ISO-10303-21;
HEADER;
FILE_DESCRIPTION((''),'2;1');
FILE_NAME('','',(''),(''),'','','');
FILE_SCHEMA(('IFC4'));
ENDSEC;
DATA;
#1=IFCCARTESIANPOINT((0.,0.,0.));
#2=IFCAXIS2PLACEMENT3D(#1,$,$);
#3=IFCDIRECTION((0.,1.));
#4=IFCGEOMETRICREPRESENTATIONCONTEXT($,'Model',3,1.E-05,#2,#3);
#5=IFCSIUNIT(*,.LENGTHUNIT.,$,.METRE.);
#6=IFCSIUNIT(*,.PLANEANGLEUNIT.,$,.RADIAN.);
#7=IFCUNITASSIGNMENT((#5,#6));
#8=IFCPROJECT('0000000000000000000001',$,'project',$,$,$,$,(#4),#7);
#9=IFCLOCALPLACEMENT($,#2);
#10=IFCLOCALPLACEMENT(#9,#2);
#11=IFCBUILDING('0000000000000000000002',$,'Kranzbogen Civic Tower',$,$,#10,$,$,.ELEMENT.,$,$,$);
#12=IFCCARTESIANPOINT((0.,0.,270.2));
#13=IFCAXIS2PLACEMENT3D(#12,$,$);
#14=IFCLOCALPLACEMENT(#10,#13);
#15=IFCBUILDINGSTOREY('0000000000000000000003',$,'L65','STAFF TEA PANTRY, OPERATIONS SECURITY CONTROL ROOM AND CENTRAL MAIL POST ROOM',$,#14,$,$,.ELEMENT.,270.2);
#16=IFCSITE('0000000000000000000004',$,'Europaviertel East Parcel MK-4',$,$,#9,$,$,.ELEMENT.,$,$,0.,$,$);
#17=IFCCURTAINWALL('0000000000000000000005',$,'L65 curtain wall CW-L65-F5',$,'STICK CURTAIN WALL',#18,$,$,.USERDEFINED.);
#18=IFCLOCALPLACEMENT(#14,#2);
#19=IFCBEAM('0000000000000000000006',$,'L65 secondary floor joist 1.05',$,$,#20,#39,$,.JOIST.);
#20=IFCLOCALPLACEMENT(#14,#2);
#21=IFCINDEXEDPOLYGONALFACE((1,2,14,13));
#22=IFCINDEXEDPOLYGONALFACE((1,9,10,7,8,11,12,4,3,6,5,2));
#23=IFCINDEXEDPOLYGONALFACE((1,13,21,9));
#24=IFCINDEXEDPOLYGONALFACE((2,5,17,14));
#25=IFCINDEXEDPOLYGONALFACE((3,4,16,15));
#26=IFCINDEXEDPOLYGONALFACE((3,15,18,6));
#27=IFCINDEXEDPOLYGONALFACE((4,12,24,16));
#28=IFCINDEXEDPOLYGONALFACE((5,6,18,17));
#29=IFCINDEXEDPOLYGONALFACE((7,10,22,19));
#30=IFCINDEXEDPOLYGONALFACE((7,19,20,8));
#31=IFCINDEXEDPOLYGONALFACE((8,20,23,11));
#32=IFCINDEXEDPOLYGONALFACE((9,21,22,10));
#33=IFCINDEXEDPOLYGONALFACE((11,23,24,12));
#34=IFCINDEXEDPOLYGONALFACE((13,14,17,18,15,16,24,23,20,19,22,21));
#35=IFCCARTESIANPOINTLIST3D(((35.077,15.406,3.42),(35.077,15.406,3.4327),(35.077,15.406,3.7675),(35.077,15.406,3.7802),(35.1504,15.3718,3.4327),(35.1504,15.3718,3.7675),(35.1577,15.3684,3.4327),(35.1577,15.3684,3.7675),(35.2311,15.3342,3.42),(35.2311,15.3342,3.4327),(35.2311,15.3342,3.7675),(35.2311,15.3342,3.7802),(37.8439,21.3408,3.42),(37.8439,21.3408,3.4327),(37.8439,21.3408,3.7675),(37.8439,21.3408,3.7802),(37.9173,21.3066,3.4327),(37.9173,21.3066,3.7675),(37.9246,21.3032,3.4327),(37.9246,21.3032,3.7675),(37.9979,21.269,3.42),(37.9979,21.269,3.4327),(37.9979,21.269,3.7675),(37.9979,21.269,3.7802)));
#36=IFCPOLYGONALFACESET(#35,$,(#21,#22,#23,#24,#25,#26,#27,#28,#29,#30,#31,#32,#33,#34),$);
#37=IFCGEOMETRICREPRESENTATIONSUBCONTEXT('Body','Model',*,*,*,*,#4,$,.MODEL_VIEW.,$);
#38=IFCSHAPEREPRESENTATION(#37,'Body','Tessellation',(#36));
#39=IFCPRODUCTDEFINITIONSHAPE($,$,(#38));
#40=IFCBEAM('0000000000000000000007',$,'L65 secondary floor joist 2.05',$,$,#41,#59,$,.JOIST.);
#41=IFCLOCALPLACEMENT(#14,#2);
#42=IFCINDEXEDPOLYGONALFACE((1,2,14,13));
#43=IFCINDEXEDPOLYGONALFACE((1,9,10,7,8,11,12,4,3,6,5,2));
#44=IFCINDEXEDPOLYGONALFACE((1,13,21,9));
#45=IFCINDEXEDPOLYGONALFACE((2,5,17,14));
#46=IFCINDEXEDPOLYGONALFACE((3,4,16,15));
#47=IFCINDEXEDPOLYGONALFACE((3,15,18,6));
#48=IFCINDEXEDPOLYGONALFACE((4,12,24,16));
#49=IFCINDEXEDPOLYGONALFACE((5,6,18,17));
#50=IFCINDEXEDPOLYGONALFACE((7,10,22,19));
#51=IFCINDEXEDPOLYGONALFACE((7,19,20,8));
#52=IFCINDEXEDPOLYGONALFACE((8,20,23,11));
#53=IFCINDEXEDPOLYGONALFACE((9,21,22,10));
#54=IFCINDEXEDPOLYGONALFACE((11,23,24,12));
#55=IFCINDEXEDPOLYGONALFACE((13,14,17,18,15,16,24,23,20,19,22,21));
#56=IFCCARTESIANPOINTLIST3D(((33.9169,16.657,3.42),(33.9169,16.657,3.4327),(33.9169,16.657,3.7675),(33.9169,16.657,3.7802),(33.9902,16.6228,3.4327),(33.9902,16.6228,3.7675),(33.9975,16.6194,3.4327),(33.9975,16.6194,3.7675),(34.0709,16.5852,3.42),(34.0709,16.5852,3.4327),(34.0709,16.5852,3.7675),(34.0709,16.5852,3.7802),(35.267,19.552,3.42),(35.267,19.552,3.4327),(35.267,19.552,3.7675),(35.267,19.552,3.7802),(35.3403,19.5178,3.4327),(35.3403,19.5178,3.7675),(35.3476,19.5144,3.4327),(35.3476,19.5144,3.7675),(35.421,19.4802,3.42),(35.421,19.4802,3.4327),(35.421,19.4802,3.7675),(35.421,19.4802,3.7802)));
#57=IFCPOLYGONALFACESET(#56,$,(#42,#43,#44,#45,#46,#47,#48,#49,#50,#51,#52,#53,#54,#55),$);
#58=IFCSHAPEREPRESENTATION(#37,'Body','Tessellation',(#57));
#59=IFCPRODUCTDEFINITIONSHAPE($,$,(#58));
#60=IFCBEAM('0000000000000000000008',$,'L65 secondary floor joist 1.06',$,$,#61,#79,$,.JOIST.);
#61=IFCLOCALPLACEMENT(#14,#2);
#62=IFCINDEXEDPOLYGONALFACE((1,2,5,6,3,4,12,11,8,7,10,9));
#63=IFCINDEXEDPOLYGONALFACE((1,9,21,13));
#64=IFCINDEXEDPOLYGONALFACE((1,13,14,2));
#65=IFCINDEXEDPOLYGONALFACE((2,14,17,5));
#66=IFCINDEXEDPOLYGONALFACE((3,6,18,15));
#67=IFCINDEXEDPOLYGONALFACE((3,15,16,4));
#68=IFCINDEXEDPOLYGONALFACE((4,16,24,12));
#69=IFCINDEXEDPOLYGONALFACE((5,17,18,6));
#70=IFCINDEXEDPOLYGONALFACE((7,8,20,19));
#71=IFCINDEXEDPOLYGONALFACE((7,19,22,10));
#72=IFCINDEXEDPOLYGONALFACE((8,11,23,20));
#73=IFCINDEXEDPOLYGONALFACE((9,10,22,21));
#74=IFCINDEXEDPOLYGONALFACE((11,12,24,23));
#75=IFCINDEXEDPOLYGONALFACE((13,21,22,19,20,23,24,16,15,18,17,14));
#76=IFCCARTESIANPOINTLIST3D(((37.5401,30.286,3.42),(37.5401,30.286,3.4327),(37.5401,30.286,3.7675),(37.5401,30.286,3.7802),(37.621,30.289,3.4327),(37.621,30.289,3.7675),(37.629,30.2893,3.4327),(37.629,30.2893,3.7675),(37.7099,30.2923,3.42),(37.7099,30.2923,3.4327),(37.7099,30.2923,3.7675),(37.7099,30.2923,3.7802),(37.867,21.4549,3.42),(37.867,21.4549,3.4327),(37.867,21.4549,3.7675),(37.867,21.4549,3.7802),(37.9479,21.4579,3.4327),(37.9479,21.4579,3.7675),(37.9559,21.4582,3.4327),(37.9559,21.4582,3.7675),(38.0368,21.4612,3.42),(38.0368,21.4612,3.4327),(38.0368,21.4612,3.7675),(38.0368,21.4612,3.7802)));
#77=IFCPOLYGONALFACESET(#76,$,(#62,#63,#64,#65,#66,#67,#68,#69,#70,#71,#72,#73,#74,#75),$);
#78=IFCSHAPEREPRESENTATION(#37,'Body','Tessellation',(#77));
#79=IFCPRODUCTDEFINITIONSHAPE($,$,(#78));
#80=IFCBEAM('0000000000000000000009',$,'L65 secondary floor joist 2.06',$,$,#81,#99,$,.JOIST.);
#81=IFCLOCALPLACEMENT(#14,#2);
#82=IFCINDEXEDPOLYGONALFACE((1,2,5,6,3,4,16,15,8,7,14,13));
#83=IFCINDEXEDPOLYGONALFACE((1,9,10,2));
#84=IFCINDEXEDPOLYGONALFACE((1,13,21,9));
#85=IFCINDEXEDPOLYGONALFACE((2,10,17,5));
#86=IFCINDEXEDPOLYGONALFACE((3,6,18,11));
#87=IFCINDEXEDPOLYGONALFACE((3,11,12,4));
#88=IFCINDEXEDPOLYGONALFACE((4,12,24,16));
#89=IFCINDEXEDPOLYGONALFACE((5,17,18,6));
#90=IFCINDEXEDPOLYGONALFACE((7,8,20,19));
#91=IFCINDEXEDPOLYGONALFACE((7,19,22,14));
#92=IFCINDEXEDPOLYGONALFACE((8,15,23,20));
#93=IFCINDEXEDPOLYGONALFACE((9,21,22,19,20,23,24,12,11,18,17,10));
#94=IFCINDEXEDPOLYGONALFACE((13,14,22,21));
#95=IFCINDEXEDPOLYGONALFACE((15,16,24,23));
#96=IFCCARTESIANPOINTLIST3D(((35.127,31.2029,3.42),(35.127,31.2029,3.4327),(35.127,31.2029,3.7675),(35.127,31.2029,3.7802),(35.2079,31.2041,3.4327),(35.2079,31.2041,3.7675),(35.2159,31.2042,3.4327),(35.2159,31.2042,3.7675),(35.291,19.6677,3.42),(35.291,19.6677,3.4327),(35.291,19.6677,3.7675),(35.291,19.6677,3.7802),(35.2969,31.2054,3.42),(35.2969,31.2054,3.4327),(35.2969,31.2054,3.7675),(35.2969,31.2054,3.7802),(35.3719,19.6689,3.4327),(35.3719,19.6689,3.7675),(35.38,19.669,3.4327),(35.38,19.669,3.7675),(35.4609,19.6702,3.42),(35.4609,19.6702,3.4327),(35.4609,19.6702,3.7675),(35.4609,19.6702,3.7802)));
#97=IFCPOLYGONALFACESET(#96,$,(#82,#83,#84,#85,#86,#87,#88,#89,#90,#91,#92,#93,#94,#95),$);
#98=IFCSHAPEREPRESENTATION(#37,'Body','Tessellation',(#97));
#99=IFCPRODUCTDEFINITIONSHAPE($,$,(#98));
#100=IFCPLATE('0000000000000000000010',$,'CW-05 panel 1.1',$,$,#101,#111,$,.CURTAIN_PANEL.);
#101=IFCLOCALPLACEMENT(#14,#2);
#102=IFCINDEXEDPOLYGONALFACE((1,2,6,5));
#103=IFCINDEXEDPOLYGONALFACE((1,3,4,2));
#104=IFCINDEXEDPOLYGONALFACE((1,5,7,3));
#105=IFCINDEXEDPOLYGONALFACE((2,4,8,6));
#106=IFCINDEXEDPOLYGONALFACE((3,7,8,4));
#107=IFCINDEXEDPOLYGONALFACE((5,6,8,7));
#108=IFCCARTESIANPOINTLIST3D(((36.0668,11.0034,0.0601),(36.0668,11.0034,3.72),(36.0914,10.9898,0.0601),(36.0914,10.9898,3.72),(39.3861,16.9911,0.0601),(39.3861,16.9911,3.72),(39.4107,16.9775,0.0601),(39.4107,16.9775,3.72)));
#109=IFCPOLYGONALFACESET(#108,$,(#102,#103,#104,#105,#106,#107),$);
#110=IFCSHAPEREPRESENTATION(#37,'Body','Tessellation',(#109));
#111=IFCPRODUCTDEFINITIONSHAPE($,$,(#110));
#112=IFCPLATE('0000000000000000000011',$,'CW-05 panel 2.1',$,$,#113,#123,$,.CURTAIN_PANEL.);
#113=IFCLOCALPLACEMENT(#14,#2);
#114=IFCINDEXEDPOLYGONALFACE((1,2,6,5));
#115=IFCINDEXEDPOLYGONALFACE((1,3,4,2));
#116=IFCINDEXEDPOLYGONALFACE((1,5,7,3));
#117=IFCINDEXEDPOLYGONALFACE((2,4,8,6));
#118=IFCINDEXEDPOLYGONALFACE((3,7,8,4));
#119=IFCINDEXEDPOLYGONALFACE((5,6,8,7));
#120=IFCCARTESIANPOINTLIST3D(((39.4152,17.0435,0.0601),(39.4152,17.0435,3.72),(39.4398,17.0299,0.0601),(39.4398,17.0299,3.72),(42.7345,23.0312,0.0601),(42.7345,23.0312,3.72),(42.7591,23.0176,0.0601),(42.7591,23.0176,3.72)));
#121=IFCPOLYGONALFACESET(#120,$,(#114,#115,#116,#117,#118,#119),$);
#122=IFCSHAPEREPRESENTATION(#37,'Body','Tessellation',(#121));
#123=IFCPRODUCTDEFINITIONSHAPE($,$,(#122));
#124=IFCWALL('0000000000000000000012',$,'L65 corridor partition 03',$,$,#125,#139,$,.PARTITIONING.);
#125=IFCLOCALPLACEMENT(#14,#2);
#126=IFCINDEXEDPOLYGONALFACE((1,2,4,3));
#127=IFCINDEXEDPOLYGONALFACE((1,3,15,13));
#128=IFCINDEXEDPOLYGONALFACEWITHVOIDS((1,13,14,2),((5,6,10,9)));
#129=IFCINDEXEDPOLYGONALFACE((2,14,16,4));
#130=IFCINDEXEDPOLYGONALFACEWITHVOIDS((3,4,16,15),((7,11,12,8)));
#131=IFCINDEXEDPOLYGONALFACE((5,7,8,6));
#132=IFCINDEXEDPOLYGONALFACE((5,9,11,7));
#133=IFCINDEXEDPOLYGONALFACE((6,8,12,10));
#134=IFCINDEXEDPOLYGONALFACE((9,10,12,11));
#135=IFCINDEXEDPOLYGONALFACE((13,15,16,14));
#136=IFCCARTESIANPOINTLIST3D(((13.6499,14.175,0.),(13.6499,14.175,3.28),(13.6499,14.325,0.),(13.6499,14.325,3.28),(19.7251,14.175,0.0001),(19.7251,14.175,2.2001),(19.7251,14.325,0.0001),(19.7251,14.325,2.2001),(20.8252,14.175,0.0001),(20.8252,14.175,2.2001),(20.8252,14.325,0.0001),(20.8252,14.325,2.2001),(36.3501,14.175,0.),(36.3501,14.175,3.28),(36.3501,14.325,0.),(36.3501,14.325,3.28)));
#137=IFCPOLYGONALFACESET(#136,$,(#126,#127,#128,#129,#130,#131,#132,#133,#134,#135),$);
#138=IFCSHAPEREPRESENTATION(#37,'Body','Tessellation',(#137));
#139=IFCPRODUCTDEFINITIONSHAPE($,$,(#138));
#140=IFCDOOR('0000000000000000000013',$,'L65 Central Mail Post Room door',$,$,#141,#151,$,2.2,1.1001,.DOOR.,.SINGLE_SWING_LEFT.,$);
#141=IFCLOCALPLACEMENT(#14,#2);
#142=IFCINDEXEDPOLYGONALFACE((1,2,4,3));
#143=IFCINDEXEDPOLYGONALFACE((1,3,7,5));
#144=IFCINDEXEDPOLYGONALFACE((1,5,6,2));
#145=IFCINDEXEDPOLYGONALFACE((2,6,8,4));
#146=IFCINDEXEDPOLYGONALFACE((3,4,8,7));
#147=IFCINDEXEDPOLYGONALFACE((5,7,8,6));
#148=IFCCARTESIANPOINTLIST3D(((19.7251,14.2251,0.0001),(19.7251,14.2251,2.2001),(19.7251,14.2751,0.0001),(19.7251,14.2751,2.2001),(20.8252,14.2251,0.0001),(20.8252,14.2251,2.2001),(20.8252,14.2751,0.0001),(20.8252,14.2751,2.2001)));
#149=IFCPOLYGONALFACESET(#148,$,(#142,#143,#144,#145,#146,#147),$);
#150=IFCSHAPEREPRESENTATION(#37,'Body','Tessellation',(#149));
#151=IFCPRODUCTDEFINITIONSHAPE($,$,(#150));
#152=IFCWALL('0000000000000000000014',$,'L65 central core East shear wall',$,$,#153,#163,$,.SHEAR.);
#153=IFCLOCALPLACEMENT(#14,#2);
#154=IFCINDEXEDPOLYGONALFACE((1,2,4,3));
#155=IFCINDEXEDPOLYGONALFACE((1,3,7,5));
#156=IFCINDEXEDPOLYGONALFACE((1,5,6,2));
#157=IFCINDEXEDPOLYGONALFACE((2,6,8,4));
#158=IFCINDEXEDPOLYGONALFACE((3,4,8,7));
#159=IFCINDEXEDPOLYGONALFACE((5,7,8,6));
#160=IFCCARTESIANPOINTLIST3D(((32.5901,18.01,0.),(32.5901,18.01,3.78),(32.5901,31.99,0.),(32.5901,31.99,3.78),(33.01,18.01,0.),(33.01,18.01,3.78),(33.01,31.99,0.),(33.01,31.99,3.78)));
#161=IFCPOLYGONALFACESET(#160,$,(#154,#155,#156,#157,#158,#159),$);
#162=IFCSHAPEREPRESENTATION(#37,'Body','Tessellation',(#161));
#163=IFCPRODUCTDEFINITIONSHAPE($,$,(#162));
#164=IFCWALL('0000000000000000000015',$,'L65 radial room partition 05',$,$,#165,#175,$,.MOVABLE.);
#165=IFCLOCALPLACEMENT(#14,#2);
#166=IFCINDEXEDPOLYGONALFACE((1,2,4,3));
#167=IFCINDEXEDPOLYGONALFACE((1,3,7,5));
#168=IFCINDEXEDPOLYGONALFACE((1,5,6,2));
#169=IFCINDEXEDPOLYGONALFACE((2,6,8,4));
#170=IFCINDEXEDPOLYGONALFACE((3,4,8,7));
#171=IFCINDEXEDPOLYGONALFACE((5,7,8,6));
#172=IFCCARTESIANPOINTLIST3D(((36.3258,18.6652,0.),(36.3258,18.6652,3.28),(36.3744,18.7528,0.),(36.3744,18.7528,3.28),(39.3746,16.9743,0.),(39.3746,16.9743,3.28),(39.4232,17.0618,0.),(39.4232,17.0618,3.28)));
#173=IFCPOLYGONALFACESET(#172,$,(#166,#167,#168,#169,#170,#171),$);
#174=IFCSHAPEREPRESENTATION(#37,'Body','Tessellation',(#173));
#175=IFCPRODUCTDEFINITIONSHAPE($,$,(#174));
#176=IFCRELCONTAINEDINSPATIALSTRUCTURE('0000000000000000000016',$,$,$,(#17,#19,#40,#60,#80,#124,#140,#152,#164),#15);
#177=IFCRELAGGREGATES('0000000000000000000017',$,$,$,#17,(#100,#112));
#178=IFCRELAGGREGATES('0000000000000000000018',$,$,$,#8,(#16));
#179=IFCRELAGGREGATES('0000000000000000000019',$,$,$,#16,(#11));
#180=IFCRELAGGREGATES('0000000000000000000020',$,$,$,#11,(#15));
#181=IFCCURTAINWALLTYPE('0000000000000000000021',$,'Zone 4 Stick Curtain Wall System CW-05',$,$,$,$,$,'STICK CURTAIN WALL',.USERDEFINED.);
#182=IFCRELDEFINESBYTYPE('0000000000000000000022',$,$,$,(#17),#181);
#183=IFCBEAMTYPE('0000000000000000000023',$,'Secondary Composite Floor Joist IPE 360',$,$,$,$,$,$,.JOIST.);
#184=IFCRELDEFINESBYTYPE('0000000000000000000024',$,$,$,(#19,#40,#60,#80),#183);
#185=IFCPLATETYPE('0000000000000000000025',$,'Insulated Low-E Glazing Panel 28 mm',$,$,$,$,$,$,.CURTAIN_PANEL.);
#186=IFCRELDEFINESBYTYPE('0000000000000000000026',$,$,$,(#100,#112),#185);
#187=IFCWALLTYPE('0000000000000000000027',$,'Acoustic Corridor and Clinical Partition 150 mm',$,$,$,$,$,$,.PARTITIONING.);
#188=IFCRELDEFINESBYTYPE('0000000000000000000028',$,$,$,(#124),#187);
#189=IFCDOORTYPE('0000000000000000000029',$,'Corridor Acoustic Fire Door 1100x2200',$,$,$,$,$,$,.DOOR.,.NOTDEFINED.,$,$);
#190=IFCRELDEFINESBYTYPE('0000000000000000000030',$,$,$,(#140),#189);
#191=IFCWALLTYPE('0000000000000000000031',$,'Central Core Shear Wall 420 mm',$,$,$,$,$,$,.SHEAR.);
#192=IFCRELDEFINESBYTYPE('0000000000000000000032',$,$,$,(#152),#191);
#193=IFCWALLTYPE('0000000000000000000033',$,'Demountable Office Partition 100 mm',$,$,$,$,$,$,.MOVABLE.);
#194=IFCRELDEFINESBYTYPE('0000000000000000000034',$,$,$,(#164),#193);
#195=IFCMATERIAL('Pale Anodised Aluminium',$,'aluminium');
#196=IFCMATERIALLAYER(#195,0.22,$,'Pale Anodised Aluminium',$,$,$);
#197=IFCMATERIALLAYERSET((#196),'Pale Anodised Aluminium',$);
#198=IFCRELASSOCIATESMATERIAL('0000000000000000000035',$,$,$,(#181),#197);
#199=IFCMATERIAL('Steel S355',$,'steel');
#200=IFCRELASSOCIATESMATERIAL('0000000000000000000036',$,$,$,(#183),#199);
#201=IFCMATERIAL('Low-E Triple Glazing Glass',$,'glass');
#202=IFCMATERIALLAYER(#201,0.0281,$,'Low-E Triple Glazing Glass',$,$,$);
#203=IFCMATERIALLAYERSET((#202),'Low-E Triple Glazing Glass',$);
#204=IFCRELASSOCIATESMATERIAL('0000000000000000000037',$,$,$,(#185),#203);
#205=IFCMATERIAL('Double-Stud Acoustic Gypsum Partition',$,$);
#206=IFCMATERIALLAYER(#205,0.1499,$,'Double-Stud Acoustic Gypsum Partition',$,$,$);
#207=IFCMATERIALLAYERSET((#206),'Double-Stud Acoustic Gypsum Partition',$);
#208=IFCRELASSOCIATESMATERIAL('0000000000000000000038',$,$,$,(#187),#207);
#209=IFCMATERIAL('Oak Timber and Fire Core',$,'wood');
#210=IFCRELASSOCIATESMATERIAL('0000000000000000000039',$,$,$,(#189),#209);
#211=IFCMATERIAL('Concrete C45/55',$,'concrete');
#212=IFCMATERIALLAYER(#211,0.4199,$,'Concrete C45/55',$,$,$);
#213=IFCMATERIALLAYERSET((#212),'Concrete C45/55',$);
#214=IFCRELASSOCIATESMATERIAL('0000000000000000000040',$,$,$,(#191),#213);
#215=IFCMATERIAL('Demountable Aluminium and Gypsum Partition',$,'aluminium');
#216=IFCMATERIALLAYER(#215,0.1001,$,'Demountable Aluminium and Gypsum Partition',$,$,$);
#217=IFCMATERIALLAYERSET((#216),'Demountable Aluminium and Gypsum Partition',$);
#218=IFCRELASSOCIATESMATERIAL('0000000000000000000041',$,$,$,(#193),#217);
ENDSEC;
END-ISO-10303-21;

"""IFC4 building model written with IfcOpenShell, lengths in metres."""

from ifc_helpers import new_model, si_unit, direction, frame, frame_2d, origin, origin_2d, place, context, subcontext, project, spatial, rectangle, i_section, extrude, material, layer, layer_set, material_profile, profile_set, type_object, element, fill, aggregate, save


model = new_model("IFC4")

# Units and contexts
model_context = context("Model", 3, precision=1e-05, world=origin(), true_north=direction((0.0, 1.0)))
body_context = subcontext(model_context, "Body", "Model", "MODEL_VIEW")
ifc_project = project(units=[si_unit("LENGTHUNIT", "METRE"), si_unit("PLANEANGLEUNIT", "RADIAN")], contexts=[model_context])

# Site, building, storey
site_placement = place(None, origin())
site = spatial("IfcSite", under=ifc_project, at=site_placement, Name="Europaviertel East Parcel MK-4", CompositionType="ELEMENT", RefElevation=0.0)
building_placement = place(site_placement, origin())
building = spatial("IfcBuilding", under=site, at=building_placement, Name="Kranzbogen Civic Tower", CompositionType="ELEMENT")
storey_placement = place(building_placement, frame((0.0, 0.0, 270.2)))
storey = spatial("IfcBuildingStorey", under=building, at=storey_placement, Name="L65", Description="STAFF TEA PANTRY, OPERATIONS SECURITY CONTROL ROOM AND CENTRAL MAIL POST ROOM", CompositionType="ELEMENT", Elevation=270.2)

# Shared definitions
ifc_material_1 = material(Name="Steel S355", Category="steel")

# Shared definitions
ifc_material_2 = material(Name="Pale Anodised Aluminium", Category="aluminium")
ifc_layer_1 = layer(ifc_material_2, 0.22, Name="Pale Anodised Aluminium")
ifc_layer_set_1 = layer_set([ifc_layer_1], Name="Pale Anodised Aluminium")
curtain_wall_type = type_object("IfcCurtainWallType", Name="Zone 4 Stick Curtain Wall System CW-05", ElementType="STICK CURTAIN WALL", PredefinedType="USERDEFINED", material=ifc_layer_set_1)

# Curtain wall
curtain_wall_1_placement = place(storey_placement, origin())
curtain_wall_1 = element("IfcCurtainWall", 1, at=curtain_wall_1_placement, inside=storey, type_object=curtain_wall_type, Name="L65 curtain wall CW-L65-F5", ObjectType="STICK CURTAIN WALL", PredefinedType="USERDEFINED")

# Beams
ifc_material_profile_1 = material_profile(ifc_material_1, i_section(OverallWidth=0.1699, OverallDepth=0.3601, WebThickness=0.0081, FlangeThickness=0.0127, at=origin_2d()), Name="IPE 360")
ifc_profile_set_1 = profile_set([ifc_material_profile_1], Name="Steel S355")
beam_type_1 = type_object("IfcBeamType", Name="Secondary Composite Floor Joist IPE 360", PredefinedType="JOIST", material=ifc_profile_set_1)
beam_1_placement = place(storey_placement, frame((35.1541, 15.3701, 3.6001), z_axis=(0.422543, 0.906343, 0.0), x_axis=(-0.906343, 0.422543, 0.0)))
element("IfcBeam", 2, at=beam_1_placement, inside=storey, type_object=beam_type_1, Name="L65 secondary floor joist 1.05", PredefinedType="JOIST", context=body_context, shape_type="SweptSolid", body=[
    extrude(i_section(OverallWidth=0.1699, OverallDepth=0.3601, WebThickness=0.0081, FlangeThickness=0.0127, at=origin_2d()), origin(), (0.0, 0.0, 1.0), 6.5481),
])
beam_2_placement = place(storey_placement, frame((33.9939, 16.6211, 3.6001), z_axis=(0.422651, 0.906292, 0.0), x_axis=(-0.906292, 0.422651, 0.0)))
element("IfcBeam", 3, at=beam_2_placement, inside=storey, type_object=beam_type_1, Name="L65 secondary floor joist 2.05", PredefinedType="JOIST", context=body_context, shape_type="SweptSolid", body=[
    extrude(i_section(OverallWidth=0.1699, OverallDepth=0.3601, WebThickness=0.0081, FlangeThickness=0.0127, at=origin_2d()), origin(), (0.0, 0.0, 1.0), 3.1943),
])
beam_3_placement = place(storey_placement, frame((37.9519, 21.458, 3.6001), z_axis=(-0.036992, 0.999316, 0.0), x_axis=(-0.999316, -0.036992, 0.0)))
element("IfcBeam", 4, at=beam_3_placement, inside=storey, type_object=beam_type_1, Name="L65 secondary floor joist 1.06", PredefinedType="JOIST", context=body_context, shape_type="SweptSolid", body=[
    extrude(i_section(OverallWidth=0.1699, OverallDepth=0.3601, WebThickness=0.0081, FlangeThickness=0.0127, at=origin_2d()), origin(), (0.0, 0.0, 1.0), 8.8372),
])
beam_4_placement = place(storey_placement, frame((35.376, 19.6689, 3.6001), z_axis=(-0.014221, 0.999899, 0.0), x_axis=(-0.999899, -0.014221, 0.0)))
element("IfcBeam", 5, at=beam_4_placement, inside=storey, type_object=beam_type_1, Name="L65 secondary floor joist 2.06", PredefinedType="JOIST", context=body_context, shape_type="SweptSolid", body=[
    extrude(i_section(OverallWidth=0.1699, OverallDepth=0.3601, WebThickness=0.0081, FlangeThickness=0.0127, at=origin_2d()), origin(), (0.0, 0.0, 1.0), 11.5364),
])

# Plates
ifc_material_3 = material(Name="Low-E Triple Glazing Glass", Category="glass")
ifc_layer_2 = layer(ifc_material_3, 0.0281, Name="Low-E Triple Glazing Glass")
ifc_layer_set_2 = layer_set([ifc_layer_2], Name="Low-E Triple Glazing Glass")
plate_type = type_object("IfcPlateType", Name="Insulated Low-E Glazing Panel 28 mm", PredefinedType="CURTAIN_PANEL", material=ifc_layer_set_2)
plate_1_placement = place(storey_placement, frame((37.7388, 13.9905, 0.0601), z_axis=(0.0, 0.0, 1.0), x_axis=(0.484841, 0.874602, 0.0)))
plate_1 = element("IfcPlate", 6, at=plate_1_placement, type_object=plate_type, Name="CW-05 panel 1.1", PredefinedType="CURTAIN_PANEL", context=body_context, shape_type="SweptSolid", body=[
    extrude(rectangle(XDim=6.8462, YDim=0.0281, at=origin_2d()), origin(), (0.0, 0.0, 1.0), 3.6599),
])
plate_2_placement = place(storey_placement, frame((41.0872, 20.0305, 0.0601), z_axis=(0.0, 0.0, 1.0), x_axis=(0.484841, 0.874602, 0.0)))
plate_2 = element("IfcPlate", 7, at=plate_2_placement, type_object=plate_type, Name="CW-05 panel 2.1", PredefinedType="CURTAIN_PANEL", context=body_context, shape_type="SweptSolid", body=[
    extrude(rectangle(XDim=6.8462, YDim=0.0281, at=origin_2d()), origin(), (0.0, 0.0, 1.0), 3.6599),
])
aggregate(curtain_wall_1, [plate_1, plate_2])

# Wall, opening, door
ifc_material_4 = material(Name="Double-Stud Acoustic Gypsum Partition")
ifc_layer_3 = layer(ifc_material_4, 0.1499, Name="Double-Stud Acoustic Gypsum Partition")
ifc_layer_set_3 = layer_set([ifc_layer_3], Name="Double-Stud Acoustic Gypsum Partition")
wall_type_1 = type_object("IfcWallType", Name="Acoustic Corridor and Clinical Partition 150 mm", PredefinedType="PARTITIONING", material=ifc_layer_set_3)
wall_1_placement = place(storey_placement, frame((36.3501, 14.25, 0.0), z_axis=(0.0, 0.0, 1.0), x_axis=(-1.0, 0.0, 0.0)))
wall_1 = element("IfcWall", 8, at=wall_1_placement, inside=storey, type_object=wall_type_1, Name="L65 corridor partition 03", PredefinedType="PARTITIONING", context=body_context, shape_type="SweptSolid", body=[
    extrude(rectangle(XDim=22.7002, YDim=0.1499, at=frame_2d((11.3501, 0.0))), origin(), (0.0, 0.0, 1.0), 3.28),
])
opening_placement = place(wall_1_placement, frame((15.5249, 0.0, 0.0)))
opening = element("IfcOpeningElement", 9, at=opening_placement, cuts=wall_1, PredefinedType="OPENING", context=body_context, shape_type="SweptSolid", body=[
    extrude(rectangle(XDim=1.1001, YDim=2.2, at=frame_2d((0.55, 1.1001))), frame((0.0, 0.085, 0.0), z_axis=(0.0, -1.0, 0.0), x_axis=(1.0, 0.0, 0.0)), (0.0, 0.0, 1.0), 0.1699),
])
ifc_material_5 = material(Name="Oak Timber and Fire Core", Category="wood")
door_type = type_object("IfcDoorType", Name="Corridor Acoustic Fire Door 1100x2200", OperationType="NOTDEFINED", PredefinedType="DOOR", material=ifc_material_5)
door_placement = place(opening_placement, origin())
door = element("IfcDoor", 10, at=door_placement, inside=storey, type_object=door_type, Name="L65 Central Mail Post Room door", OperationType="SINGLE_SWING_LEFT", OverallHeight=2.2, OverallWidth=1.1001, PredefinedType="DOOR", context=body_context, shape_type="SweptSolid", body=[
    extrude(rectangle(XDim=1.1001, YDim=2.2, at=frame_2d((0.55, 1.1001))), frame((0.0, 0.0249, 0.0), z_axis=(0.0, -1.0, 0.0), x_axis=(1.0, 0.0, 0.0)), (0.0, 0.0, 1.0), 0.05),
])
fill(opening, door)

# Walls
ifc_material_6 = material(Name="Concrete C45/55", Category="concrete")
ifc_layer_4 = layer(ifc_material_6, 0.4199, Name="Concrete C45/55")
ifc_layer_set_4 = layer_set([ifc_layer_4], Name="Concrete C45/55")
wall_type_2 = type_object("IfcWallType", Name="Central Core Shear Wall 420 mm", PredefinedType="SHEAR", material=ifc_layer_set_4)
wall_2_placement = place(storey_placement, frame((32.8, 18.01, 0.0), z_axis=(0.0, 0.0, 1.0), x_axis=(0.0, 1.0, 0.0)))
element("IfcWall", 11, at=wall_2_placement, inside=storey, type_object=wall_type_2, Name="L65 central core East shear wall", PredefinedType="SHEAR", context=body_context, shape_type="SweptSolid", body=[
    extrude(rectangle(XDim=13.98, YDim=0.4199, at=frame_2d((6.99, 0.0))), origin(), (0.0, 0.0, 1.0), 3.78),
])
ifc_material_7 = material(Name="Demountable Aluminium and Gypsum Partition", Category="aluminium")
ifc_layer_5 = layer(ifc_material_7, 0.1001, Name="Demountable Aluminium and Gypsum Partition")
ifc_layer_set_5 = layer_set([ifc_layer_5], Name="Demountable Aluminium and Gypsum Partition")
wall_type_3 = type_object("IfcWallType", Name="Demountable Office Partition 100 mm", PredefinedType="MOVABLE", material=ifc_layer_set_5)
wall_3_placement = place(storey_placement, frame((36.3501, 18.709, 0.0), z_axis=(0.0, 0.0, 1.0), x_axis=(0.874507, -0.485013, 0.0)))
element("IfcWall", 12, at=wall_3_placement, inside=storey, type_object=wall_type_3, Name="L65 radial room partition 05", PredefinedType="MOVABLE", context=body_context, shape_type="SweptSolid", body=[
    extrude(rectangle(XDim=3.4863, YDim=0.1001, at=frame_2d((1.7432, 0.0))), origin(), (0.0, 0.0, 1.0), 3.28),
])

save(model, "model.ifc")
